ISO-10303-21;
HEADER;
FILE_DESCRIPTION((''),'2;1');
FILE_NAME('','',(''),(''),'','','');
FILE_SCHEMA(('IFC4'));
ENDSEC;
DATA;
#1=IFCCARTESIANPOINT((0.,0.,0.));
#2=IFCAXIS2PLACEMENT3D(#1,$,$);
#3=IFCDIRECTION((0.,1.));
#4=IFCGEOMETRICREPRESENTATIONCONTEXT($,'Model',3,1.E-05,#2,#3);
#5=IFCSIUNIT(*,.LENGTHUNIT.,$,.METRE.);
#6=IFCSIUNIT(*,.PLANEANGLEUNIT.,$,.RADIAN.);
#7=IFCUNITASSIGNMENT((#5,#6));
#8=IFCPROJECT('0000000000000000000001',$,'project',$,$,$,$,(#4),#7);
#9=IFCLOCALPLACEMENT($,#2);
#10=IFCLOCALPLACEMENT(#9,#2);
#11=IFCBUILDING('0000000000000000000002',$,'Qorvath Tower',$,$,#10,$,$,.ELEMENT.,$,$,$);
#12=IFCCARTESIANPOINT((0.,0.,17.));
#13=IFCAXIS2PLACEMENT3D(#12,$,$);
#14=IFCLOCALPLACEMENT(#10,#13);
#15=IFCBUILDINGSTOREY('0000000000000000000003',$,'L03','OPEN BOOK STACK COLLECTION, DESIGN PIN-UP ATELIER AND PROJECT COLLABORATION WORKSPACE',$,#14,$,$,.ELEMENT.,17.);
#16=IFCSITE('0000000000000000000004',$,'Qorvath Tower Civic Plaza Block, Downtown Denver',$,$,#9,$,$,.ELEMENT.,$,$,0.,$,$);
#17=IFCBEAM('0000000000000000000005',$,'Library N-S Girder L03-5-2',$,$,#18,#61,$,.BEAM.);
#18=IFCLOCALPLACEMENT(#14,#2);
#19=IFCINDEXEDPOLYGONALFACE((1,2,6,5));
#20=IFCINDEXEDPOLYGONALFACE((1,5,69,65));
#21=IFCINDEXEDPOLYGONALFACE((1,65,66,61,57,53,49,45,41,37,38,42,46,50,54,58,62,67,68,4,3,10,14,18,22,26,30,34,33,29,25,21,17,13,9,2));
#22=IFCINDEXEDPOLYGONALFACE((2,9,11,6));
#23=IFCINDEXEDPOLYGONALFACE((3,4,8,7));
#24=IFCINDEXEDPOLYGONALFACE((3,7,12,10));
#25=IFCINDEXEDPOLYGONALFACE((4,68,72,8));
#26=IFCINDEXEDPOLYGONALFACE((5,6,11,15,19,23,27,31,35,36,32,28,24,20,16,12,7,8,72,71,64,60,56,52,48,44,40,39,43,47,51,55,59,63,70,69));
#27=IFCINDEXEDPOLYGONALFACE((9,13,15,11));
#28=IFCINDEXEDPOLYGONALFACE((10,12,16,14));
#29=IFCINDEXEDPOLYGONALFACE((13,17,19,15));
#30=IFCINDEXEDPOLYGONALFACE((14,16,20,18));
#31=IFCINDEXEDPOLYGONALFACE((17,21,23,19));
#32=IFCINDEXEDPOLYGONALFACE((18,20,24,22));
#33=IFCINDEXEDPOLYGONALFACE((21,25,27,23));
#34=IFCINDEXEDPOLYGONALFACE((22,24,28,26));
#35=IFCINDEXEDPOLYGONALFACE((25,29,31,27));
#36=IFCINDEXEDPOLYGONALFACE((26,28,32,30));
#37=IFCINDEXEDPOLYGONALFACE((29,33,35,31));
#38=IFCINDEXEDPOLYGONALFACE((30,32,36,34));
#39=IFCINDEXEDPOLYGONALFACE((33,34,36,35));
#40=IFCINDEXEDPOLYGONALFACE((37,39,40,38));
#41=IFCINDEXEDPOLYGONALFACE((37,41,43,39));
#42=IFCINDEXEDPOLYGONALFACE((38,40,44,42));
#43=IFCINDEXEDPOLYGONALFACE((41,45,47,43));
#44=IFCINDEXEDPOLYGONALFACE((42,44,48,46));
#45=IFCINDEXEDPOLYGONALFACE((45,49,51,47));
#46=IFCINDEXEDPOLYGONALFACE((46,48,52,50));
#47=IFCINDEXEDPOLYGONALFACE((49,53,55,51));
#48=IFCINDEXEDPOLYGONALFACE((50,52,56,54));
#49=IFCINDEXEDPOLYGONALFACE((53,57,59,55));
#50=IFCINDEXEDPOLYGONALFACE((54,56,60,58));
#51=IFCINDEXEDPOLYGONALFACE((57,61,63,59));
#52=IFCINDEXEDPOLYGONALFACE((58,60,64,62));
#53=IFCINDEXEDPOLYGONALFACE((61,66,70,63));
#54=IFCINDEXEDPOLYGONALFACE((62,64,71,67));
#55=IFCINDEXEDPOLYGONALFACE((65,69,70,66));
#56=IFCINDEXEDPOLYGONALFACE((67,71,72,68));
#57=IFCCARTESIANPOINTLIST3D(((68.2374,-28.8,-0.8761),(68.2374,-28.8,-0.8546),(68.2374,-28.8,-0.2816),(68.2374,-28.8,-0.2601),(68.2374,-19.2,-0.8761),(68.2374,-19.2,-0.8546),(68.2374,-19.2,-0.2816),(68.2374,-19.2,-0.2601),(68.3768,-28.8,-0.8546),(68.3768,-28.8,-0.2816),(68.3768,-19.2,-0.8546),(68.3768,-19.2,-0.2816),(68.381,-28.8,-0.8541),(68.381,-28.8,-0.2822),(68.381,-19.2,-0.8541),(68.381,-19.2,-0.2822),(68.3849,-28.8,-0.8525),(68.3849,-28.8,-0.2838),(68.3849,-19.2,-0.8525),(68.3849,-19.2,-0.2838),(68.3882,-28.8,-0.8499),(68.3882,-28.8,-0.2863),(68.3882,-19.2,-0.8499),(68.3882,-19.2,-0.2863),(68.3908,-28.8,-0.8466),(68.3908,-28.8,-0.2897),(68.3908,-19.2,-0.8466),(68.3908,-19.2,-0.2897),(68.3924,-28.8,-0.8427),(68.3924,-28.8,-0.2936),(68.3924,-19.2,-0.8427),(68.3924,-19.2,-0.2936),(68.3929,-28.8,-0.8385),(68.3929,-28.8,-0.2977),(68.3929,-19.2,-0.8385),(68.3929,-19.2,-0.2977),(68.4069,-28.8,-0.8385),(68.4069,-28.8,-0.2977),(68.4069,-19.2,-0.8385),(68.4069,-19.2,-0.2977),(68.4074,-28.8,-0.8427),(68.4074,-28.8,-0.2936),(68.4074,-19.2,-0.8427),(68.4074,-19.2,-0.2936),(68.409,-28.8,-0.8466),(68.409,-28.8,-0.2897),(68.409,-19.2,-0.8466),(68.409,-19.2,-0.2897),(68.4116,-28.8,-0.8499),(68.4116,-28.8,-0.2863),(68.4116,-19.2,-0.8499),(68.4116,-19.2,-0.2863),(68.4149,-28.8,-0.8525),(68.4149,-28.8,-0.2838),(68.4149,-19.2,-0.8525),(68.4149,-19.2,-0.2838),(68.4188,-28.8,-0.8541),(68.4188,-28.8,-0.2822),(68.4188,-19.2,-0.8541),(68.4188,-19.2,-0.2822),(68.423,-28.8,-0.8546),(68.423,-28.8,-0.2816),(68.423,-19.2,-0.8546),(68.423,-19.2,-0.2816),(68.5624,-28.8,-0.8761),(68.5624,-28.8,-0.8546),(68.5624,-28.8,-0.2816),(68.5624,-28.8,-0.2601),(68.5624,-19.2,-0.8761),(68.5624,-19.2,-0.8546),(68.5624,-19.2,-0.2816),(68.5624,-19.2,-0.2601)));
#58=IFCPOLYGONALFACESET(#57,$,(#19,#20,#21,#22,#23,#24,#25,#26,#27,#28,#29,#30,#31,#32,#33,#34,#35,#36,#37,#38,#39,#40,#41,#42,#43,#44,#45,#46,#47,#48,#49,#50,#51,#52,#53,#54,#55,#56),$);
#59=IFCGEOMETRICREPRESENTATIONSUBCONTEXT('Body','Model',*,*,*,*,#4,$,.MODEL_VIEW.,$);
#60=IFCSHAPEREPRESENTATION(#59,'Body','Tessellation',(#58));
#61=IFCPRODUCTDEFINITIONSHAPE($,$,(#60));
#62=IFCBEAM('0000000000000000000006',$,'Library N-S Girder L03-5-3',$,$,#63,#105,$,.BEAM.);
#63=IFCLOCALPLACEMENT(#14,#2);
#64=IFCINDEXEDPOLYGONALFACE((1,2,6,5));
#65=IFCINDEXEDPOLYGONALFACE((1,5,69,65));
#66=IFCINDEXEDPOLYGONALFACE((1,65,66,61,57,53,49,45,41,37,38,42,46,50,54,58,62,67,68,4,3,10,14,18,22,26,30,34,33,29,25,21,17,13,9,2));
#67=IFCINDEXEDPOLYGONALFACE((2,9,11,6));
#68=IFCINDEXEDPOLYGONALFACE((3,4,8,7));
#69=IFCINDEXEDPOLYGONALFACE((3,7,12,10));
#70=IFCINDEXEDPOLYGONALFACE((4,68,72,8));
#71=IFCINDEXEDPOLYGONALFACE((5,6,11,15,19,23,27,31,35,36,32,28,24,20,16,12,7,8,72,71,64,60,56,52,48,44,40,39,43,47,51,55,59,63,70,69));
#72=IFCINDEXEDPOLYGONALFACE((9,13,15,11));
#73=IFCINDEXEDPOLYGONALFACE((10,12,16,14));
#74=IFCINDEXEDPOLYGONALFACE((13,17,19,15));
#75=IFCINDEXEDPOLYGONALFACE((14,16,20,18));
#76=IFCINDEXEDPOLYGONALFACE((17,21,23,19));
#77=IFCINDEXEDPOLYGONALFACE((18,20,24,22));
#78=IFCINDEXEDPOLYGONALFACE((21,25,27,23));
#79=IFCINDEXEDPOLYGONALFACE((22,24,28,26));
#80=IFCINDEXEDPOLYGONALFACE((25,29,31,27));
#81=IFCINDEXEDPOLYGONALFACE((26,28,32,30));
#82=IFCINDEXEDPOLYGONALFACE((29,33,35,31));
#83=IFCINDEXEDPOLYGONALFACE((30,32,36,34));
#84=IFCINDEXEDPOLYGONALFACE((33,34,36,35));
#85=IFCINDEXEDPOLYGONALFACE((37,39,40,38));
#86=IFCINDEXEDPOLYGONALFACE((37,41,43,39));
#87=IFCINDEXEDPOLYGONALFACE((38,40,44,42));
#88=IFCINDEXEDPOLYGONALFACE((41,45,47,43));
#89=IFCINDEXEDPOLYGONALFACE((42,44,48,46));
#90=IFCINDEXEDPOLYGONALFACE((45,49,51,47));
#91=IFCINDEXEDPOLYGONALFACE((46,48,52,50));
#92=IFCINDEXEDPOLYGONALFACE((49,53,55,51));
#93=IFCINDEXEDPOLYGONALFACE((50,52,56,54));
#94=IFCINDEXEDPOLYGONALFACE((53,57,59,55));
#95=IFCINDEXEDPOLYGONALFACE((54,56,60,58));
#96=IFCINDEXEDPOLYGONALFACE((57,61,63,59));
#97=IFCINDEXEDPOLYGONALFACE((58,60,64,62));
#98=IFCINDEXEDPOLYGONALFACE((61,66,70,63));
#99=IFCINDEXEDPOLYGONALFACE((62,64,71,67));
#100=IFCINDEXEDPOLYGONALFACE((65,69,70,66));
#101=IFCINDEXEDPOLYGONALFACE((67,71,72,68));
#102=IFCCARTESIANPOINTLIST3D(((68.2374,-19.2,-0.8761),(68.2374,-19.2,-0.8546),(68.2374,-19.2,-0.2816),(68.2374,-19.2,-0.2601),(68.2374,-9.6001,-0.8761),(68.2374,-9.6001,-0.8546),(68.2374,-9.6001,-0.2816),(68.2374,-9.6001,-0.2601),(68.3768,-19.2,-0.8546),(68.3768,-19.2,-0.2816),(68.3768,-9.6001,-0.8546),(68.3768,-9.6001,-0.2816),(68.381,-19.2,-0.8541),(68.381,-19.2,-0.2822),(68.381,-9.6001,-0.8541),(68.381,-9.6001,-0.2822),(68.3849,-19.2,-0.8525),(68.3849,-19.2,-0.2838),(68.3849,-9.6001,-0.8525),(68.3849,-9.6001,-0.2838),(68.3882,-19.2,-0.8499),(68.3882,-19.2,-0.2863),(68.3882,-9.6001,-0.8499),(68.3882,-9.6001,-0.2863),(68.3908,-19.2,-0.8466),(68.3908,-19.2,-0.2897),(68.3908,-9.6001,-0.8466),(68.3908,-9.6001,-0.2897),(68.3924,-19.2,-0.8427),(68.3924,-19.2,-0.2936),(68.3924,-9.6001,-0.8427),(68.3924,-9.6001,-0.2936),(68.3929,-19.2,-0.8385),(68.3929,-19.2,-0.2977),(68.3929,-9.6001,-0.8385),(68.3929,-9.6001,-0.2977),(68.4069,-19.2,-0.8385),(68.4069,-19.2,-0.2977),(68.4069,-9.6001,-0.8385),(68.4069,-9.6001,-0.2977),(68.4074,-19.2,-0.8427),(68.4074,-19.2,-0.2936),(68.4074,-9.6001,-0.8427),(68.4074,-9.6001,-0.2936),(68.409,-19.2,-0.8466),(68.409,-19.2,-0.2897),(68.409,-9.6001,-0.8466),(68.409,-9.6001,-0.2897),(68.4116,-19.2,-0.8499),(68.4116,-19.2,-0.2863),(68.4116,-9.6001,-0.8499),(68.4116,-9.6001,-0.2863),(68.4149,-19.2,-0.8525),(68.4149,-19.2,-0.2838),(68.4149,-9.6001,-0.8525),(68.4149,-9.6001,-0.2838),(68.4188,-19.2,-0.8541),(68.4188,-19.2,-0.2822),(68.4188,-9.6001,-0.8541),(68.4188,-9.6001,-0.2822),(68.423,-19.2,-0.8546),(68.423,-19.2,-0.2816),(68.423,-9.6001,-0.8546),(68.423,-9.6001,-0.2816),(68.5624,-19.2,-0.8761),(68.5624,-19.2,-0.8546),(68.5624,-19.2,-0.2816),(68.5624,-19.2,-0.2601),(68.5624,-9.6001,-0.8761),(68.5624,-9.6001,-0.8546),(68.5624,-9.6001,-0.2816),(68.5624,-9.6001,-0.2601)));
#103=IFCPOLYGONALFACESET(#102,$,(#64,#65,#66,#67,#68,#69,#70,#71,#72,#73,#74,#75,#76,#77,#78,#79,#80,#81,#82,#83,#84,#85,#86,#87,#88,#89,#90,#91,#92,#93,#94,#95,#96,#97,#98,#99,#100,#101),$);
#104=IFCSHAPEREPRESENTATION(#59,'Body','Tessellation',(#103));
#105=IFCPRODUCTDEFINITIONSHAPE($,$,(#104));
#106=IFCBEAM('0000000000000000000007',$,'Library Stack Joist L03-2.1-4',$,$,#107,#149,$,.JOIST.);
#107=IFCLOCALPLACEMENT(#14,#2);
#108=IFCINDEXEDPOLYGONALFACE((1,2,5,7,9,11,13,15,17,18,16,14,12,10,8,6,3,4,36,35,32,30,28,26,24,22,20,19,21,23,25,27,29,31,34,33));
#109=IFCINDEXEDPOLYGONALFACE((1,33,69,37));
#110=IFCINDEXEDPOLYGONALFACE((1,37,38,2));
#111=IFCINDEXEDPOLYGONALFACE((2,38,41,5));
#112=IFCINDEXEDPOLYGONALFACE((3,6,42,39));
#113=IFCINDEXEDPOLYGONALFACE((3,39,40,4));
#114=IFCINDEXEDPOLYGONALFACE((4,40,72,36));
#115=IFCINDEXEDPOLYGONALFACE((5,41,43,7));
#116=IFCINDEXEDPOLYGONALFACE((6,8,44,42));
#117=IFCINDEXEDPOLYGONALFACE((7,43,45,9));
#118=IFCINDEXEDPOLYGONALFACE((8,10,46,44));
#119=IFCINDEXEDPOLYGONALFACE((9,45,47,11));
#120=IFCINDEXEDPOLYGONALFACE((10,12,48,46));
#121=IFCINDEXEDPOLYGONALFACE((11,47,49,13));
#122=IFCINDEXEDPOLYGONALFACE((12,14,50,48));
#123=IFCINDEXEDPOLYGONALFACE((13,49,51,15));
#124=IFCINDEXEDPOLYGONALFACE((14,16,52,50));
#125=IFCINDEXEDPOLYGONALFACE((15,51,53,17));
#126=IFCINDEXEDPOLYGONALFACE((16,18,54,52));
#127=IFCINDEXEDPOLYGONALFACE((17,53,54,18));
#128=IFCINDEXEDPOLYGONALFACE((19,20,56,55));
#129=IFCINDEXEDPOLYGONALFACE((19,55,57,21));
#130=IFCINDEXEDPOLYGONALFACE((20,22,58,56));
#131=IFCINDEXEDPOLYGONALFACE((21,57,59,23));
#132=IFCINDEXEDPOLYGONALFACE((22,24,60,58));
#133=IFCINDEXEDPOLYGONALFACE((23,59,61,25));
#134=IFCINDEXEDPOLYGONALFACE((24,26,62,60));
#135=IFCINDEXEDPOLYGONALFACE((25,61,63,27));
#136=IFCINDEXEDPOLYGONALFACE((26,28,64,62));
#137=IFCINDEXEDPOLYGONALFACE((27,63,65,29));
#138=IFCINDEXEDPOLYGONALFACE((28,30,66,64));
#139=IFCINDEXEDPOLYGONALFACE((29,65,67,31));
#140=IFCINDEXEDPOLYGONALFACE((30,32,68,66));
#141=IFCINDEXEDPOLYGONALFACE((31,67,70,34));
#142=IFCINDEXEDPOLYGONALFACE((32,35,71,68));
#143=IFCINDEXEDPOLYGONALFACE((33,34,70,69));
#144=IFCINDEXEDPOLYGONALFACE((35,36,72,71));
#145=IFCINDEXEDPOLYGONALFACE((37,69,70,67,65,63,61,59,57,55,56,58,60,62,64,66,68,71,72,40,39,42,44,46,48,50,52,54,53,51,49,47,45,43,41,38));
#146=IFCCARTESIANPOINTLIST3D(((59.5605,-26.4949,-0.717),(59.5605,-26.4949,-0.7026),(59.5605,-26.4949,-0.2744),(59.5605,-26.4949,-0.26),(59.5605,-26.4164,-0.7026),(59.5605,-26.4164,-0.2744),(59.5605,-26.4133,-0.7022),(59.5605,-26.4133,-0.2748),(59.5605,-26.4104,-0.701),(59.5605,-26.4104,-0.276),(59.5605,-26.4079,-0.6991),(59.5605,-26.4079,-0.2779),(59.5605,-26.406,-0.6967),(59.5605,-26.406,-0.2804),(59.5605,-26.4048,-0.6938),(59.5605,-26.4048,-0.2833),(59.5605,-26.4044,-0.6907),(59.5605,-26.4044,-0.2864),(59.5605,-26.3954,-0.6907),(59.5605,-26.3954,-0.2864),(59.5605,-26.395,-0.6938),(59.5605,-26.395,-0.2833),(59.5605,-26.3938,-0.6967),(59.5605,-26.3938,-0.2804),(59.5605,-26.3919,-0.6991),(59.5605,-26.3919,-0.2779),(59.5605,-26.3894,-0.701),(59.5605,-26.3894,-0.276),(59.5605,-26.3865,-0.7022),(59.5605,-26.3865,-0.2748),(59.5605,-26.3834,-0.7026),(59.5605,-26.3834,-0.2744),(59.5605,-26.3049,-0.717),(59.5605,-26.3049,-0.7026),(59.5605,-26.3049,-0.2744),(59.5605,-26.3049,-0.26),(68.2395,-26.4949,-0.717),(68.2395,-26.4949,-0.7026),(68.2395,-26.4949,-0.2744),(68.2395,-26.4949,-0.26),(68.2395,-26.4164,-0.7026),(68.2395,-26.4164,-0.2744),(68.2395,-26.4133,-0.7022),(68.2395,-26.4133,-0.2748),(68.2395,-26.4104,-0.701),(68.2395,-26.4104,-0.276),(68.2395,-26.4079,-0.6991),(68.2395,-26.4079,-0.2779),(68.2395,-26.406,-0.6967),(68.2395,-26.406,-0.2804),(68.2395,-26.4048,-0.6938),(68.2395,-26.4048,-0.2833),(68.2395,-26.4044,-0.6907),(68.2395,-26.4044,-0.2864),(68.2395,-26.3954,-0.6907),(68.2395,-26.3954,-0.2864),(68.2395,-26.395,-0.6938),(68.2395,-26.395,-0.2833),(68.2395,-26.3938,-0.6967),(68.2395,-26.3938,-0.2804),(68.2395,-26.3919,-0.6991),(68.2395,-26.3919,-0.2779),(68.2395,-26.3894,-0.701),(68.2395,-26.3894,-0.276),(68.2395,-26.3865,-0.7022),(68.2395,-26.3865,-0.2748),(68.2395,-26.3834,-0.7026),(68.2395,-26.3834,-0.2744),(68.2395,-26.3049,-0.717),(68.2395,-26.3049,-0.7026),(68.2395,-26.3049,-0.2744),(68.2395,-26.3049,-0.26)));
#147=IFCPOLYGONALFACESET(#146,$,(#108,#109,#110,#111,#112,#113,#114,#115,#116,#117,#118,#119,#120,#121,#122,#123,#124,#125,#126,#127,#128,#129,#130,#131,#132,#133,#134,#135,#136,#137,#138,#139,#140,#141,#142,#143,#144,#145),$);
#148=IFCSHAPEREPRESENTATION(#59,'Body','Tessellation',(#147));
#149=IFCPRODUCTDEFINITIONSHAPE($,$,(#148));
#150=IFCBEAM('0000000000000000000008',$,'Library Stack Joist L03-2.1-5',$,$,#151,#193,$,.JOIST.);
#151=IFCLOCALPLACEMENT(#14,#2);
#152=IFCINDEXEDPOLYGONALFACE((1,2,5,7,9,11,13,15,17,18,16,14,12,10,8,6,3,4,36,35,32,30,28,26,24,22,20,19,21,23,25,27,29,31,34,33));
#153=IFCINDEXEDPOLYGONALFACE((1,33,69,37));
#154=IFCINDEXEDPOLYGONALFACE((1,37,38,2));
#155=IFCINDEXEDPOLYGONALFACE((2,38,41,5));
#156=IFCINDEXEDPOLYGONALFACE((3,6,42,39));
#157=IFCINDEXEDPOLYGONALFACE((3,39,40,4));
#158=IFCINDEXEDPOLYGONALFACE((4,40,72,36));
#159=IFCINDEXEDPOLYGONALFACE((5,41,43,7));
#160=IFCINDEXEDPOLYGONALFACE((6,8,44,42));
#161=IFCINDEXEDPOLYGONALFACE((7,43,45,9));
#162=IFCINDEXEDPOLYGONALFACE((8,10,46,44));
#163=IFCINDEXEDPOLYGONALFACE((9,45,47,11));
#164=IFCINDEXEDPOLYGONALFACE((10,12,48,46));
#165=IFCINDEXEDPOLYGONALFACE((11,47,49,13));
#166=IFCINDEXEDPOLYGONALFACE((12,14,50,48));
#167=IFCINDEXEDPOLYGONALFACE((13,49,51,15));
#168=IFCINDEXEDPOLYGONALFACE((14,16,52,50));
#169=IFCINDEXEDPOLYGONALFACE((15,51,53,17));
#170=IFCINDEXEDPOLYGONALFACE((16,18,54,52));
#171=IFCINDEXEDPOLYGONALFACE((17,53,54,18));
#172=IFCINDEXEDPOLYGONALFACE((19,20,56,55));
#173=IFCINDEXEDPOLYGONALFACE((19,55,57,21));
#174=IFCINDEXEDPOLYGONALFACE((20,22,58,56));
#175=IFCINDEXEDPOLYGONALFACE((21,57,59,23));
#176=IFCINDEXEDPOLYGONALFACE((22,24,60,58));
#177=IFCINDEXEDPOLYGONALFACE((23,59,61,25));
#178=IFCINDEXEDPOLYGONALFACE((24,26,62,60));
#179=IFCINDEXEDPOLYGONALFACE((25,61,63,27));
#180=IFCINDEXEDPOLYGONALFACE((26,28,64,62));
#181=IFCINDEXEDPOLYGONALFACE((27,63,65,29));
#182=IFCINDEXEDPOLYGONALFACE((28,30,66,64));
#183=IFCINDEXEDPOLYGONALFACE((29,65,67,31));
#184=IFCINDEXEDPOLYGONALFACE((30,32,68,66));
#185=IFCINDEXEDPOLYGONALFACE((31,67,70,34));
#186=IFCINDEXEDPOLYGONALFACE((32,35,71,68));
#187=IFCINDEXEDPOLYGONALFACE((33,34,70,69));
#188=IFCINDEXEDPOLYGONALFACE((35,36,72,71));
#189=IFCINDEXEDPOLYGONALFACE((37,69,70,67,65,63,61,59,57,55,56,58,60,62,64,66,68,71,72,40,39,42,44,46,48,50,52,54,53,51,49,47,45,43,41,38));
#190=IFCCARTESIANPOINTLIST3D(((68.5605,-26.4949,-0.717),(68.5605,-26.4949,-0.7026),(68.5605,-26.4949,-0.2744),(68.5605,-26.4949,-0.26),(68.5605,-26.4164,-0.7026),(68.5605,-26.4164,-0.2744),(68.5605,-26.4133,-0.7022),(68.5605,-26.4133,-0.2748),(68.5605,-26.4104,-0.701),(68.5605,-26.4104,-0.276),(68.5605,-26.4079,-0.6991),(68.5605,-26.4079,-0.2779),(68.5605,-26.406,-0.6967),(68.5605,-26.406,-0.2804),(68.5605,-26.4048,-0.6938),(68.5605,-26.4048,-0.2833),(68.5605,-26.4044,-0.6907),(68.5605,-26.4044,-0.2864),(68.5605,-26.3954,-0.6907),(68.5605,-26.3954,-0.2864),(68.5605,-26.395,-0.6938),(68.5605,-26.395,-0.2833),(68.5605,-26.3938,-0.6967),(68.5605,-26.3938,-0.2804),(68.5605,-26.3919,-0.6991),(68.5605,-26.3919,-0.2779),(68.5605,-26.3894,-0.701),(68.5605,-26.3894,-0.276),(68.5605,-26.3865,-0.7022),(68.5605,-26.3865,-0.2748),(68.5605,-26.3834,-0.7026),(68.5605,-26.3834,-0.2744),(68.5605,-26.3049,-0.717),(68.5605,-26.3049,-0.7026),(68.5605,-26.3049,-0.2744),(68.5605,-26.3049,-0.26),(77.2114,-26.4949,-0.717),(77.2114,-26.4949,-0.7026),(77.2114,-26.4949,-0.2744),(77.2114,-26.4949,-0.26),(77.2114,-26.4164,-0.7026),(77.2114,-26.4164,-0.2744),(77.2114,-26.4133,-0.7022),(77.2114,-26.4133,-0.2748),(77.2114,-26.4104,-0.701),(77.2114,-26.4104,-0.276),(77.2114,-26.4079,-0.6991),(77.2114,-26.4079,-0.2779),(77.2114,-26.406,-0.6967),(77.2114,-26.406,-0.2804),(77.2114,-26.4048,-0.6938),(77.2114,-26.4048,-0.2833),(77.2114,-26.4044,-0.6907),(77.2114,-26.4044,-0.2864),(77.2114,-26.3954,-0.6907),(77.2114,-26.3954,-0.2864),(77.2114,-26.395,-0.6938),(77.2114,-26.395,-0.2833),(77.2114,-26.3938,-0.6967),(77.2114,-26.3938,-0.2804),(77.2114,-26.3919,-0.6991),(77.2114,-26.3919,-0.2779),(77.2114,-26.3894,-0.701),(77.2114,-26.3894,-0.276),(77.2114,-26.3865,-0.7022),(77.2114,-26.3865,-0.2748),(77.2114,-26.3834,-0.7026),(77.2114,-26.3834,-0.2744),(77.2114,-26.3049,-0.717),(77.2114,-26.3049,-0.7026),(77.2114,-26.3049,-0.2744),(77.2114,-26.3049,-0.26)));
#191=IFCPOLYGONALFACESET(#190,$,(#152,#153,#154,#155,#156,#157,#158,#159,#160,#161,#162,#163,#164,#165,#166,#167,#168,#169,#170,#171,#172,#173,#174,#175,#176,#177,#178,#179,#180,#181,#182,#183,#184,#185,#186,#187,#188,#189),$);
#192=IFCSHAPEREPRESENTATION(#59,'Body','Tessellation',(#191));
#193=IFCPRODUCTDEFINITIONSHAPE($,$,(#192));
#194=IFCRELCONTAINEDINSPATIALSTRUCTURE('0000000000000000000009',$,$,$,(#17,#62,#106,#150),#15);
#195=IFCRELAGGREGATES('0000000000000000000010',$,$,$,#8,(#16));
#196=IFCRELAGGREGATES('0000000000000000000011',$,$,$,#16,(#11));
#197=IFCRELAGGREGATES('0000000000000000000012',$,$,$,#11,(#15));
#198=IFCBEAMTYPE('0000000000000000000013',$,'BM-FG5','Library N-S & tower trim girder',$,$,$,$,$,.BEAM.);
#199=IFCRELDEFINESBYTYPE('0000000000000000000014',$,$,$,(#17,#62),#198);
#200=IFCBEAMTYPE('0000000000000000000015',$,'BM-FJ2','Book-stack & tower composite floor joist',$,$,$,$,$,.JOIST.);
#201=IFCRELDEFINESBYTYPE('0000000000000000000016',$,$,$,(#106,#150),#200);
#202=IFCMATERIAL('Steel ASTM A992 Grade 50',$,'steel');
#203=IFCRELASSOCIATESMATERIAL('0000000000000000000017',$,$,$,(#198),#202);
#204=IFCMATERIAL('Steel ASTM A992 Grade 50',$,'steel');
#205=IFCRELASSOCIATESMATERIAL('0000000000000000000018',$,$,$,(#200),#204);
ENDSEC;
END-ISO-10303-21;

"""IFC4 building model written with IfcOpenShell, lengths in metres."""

from ifc_helpers import new_model, si_unit, direction, frame, origin, origin_2d, place, context, subcontext, project, spatial, i_section, extrude, material, material_profile, profile_set, type_object, element, save


model = new_model("IFC4")

# Units and contexts
model_context = context("Model", 3, precision=1e-05, world=origin(), true_north=direction((0.0, 1.0)))
body_context = subcontext(model_context, "Body", "Model", "MODEL_VIEW")
ifc_project = project(units=[si_unit("LENGTHUNIT", "METRE"), si_unit("PLANEANGLEUNIT", "RADIAN")], contexts=[model_context])

# Site, building, storey
site_placement = place(None, origin())
site = spatial("IfcSite", under=ifc_project, at=site_placement, Name="Qorvath Tower Civic Plaza Block, Downtown Denver", CompositionType="ELEMENT", RefElevation=0.0)
building_placement = place(site_placement, origin())
building = spatial("IfcBuilding", under=site, at=building_placement, Name="Qorvath Tower", CompositionType="ELEMENT")
storey_placement = place(building_placement, frame((0.0, 0.0, 17.0)))
storey = spatial("IfcBuildingStorey", under=building, at=storey_placement, Name="L03", Description="OPEN BOOK STACK COLLECTION, DESIGN PIN-UP ATELIER AND PROJECT COLLABORATION WORKSPACE", CompositionType="ELEMENT", Elevation=17.0)

# Beams
ifc_material_1 = material(Name="Steel ASTM A992 Grade 50", Category="steel")
ifc_material_profile_1 = material_profile(ifc_material_1, i_section(OverallWidth=0.325, OverallDepth=0.616, WebThickness=0.0139, FlangeThickness=0.0215, FilletRadius=0.0161, at=origin_2d()), Name="W24x117")
ifc_profile_set_1 = profile_set([ifc_material_profile_1], Name="Steel ASTM A992 Grade 50")
beam_type_1 = type_object("IfcBeamType", Name="BM-FG5", Description="Library N-S & tower trim girder", PredefinedType="BEAM", material=ifc_profile_set_1)
beam_1_placement = place(storey_placement, frame((68.3999, -28.8, -0.5681), z_axis=(0.0, 1.0, 0.0), x_axis=(-1.0, 0.0, 0.0)))
element("IfcBeam", 1, at=beam_1_placement, inside=storey, type_object=beam_type_1, Name="Library N-S Girder L03-5-2", PredefinedType="BEAM", context=body_context, shape_type="SweptSolid", body=[
    extrude(i_section(OverallWidth=0.325, OverallDepth=0.616, WebThickness=0.0139, FlangeThickness=0.0215, FilletRadius=0.0161, at=origin_2d()), origin(), (0.0, 0.0, 1.0), 9.6001),
])
beam_2_placement = place(storey_placement, frame((68.3999, -19.2, -0.5681), z_axis=(0.0, 1.0, 0.0), x_axis=(-1.0, 0.0, 0.0)))
element("IfcBeam", 2, at=beam_2_placement, inside=storey, type_object=beam_type_1, Name="Library N-S Girder L03-5-3", PredefinedType="BEAM", context=body_context, shape_type="SweptSolid", body=[
    extrude(i_section(OverallWidth=0.325, OverallDepth=0.616, WebThickness=0.0139, FlangeThickness=0.0215, FilletRadius=0.0161, at=origin_2d()), origin(), (0.0, 0.0, 1.0), 9.5999),
])
ifc_material_2 = material(Name="Steel ASTM A992 Grade 50", Category="steel")
ifc_material_profile_2 = material_profile(ifc_material_2, i_section(OverallWidth=0.1899, OverallDepth=0.457, WebThickness=0.009, FlangeThickness=0.0144, FilletRadius=0.012, at=origin_2d()), Name="W18x50")
ifc_profile_set_2 = profile_set([ifc_material_profile_2], Name="Steel ASTM A992 Grade 50")
beam_type_2 = type_object("IfcBeamType", Name="BM-FJ2", Description="Book-stack & tower composite floor joist", PredefinedType="JOIST", material=ifc_profile_set_2)
beam_3_placement = place(storey_placement, frame((59.5605, -26.3999, -0.4885), z_axis=(1.0, 0.0, 0.0), x_axis=(0.0, 1.0, 0.0)))
element("IfcBeam", 3, at=beam_3_placement, inside=storey, type_object=beam_type_2, Name="Library Stack Joist L03-2.1-4", PredefinedType="JOIST", context=body_context, shape_type="SweptSolid", body=[
    extrude(i_section(OverallWidth=0.1899, OverallDepth=0.457, WebThickness=0.009, FlangeThickness=0.0144, FilletRadius=0.012, at=origin_2d()), origin(), (0.0, 0.0, 1.0), 8.679),
])
beam_4_placement = place(storey_placement, frame((68.5605, -26.3999, -0.4885), z_axis=(1.0, 0.0, 0.0), x_axis=(0.0, 1.0, 0.0)))
element("IfcBeam", 4, at=beam_4_placement, inside=storey, type_object=beam_type_2, Name="Library Stack Joist L03-2.1-5", PredefinedType="JOIST", context=body_context, shape_type="SweptSolid", body=[
    extrude(i_section(OverallWidth=0.1899, OverallDepth=0.457, WebThickness=0.009, FlangeThickness=0.0144, FilletRadius=0.012, at=origin_2d()), origin(), (0.0, 0.0, 1.0), 8.6509),
])

save(model, "model.ifc")
